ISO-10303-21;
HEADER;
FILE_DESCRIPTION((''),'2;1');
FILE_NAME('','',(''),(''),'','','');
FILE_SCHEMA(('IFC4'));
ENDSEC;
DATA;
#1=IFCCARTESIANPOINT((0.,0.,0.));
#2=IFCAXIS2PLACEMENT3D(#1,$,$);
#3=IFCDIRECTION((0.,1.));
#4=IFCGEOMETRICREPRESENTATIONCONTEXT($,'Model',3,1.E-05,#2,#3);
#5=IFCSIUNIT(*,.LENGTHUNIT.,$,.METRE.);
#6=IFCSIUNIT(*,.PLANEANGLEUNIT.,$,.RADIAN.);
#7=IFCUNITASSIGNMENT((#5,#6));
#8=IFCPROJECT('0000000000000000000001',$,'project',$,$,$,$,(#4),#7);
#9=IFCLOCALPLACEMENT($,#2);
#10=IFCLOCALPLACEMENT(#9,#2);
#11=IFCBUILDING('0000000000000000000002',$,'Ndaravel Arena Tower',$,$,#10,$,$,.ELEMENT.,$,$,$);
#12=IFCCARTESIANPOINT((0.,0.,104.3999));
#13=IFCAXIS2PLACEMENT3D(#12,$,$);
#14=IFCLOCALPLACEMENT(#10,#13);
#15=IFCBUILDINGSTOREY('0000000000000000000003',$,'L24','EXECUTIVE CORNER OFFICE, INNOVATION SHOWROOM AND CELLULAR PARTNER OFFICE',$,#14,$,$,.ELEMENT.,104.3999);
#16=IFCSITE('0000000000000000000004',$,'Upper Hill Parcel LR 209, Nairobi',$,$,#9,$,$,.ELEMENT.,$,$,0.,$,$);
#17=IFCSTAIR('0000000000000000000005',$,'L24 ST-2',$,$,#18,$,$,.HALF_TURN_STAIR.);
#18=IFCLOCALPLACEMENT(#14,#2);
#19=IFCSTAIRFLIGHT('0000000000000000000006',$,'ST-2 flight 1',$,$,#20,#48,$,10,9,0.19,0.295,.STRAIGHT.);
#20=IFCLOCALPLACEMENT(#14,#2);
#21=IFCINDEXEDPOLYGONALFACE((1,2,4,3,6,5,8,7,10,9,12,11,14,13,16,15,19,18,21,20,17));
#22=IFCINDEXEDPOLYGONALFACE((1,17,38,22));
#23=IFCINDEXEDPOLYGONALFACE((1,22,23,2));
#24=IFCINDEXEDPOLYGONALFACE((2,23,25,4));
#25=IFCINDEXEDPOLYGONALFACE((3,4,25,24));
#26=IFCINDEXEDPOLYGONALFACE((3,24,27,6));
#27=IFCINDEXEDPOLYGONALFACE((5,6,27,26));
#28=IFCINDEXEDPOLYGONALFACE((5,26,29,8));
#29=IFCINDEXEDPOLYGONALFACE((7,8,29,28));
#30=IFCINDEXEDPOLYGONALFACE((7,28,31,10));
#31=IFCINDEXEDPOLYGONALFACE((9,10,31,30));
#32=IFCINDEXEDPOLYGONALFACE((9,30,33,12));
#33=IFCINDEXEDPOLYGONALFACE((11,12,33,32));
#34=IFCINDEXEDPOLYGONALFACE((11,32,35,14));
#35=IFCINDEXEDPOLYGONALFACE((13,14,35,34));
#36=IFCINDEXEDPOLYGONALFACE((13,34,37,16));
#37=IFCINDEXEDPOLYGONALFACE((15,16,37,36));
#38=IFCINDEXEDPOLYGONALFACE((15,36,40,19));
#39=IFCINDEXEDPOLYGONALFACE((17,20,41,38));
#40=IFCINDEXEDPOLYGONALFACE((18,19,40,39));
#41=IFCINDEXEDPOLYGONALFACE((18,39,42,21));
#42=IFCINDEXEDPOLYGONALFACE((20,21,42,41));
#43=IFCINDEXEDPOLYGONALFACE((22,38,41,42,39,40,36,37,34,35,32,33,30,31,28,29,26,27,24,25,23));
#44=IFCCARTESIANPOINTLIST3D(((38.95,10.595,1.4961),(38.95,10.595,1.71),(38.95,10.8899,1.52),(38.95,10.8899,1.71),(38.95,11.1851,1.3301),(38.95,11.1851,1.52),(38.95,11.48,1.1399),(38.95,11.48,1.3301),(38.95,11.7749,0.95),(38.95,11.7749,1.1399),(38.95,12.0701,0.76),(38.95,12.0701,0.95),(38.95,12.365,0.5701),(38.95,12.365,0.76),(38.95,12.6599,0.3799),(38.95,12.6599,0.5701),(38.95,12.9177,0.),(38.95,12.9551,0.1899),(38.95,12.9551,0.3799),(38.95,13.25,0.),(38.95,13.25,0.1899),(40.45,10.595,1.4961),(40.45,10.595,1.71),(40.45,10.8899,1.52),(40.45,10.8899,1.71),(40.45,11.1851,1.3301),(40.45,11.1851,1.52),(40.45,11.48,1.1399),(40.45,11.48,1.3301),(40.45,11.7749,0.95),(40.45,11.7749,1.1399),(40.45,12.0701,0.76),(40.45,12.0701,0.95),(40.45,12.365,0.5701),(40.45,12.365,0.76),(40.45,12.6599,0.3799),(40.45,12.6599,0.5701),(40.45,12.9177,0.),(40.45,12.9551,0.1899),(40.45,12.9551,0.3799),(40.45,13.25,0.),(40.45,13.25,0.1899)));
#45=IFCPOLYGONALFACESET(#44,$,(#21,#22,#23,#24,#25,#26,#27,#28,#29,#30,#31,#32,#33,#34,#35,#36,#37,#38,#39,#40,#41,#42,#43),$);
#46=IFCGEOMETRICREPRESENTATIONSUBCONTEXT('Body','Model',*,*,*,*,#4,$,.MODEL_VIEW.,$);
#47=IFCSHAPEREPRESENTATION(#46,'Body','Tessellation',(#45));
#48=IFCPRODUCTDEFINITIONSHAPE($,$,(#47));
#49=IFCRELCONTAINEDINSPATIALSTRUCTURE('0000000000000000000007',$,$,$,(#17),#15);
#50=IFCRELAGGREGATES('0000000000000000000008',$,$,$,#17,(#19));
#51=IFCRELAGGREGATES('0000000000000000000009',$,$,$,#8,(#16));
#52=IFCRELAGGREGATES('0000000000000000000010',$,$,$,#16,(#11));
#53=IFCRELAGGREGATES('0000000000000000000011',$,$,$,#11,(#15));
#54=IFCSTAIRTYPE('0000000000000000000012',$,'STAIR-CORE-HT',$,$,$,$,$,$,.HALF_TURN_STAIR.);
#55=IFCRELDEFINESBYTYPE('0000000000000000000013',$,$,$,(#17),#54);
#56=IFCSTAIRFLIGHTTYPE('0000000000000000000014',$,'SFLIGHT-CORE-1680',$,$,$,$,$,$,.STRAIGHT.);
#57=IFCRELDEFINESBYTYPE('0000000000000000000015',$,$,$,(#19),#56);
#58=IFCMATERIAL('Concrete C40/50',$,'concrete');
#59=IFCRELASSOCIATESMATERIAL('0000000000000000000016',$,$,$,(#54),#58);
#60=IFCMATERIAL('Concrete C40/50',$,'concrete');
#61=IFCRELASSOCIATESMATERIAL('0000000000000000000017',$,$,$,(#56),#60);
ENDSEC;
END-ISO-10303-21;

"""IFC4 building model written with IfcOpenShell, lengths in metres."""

from ifc_helpers import new_model, si_unit, direction, frame, origin, place, context, subcontext, project, spatial, polyline, outline, extrude, material, type_object, element, aggregate, save


model = new_model("IFC4")

# Units and contexts
model_context = context("Model", 3, precision=1e-05, world=origin(), true_north=direction((0.0, 1.0)))
body_context = subcontext(model_context, "Body", "Model", "MODEL_VIEW")
ifc_project = project(units=[si_unit("LENGTHUNIT", "METRE"), si_unit("PLANEANGLEUNIT", "RADIAN")], contexts=[model_context])

# Site, building, storey
site_placement = place(None, origin())
site = spatial("IfcSite", under=ifc_project, at=site_placement, Name="Upper Hill Parcel LR 209, Nairobi", CompositionType="ELEMENT", RefElevation=0.0)
building_placement = place(site_placement, origin())
building = spatial("IfcBuilding", under=site, at=building_placement, Name="Ndaravel Arena Tower", CompositionType="ELEMENT")
storey_placement = place(building_placement, frame((0.0, 0.0, 104.3999)))
storey = spatial("IfcBuildingStorey", under=building, at=storey_placement, Name="L24", Description="EXECUTIVE CORNER OFFICE, INNOVATION SHOWROOM AND CELLULAR PARTNER OFFICE", CompositionType="ELEMENT", Elevation=104.3999)

# Stair, stair flight
ifc_material_1 = material(Name="Concrete C40/50", Category="concrete")
stair_type = type_object("IfcStairType", Name="STAIR-CORE-HT", PredefinedType="HALF_TURN_STAIR", material=ifc_material_1)
stair_placement = place(storey_placement, origin())
stair = element("IfcStair", 1, at=stair_placement, inside=storey, type_object=stair_type, Name="L24 ST-2", PredefinedType="HALF_TURN_STAIR")
ifc_material_2 = material(Name="Concrete C40/50", Category="concrete")
stair_flight_type = type_object("IfcStairFlightType", Name="SFLIGHT-CORE-1680", PredefinedType="STRAIGHT", material=ifc_material_2)
stair_flight_placement = place(storey_placement, frame((39.7, 13.25, 0.0), z_axis=(0.0, 0.0, 1.0), x_axis=(0.0, -1.0, 0.0)))
stair_flight = element("IfcStairFlight", 2, at=stair_flight_placement, type_object=stair_flight_type, Name="ST-2 flight 1", NumberOfRisers=10, NumberOfTreads=9, PredefinedType="STRAIGHT", RiserHeight=0.19, TreadLength=0.295, context=body_context, shape_type="SweptSolid", body=[
    extrude(outline(polyline([(0.0, 0.0), (0.0, 0.1899), (0.2949, 0.1899), (0.2949, 0.3799), (0.5901, 0.3799), (0.5901, 0.5701), (0.885, 0.5701), (0.885, 0.76), (1.1799, 0.76), (1.1799, 0.95), (1.4751, 0.95), (1.4751, 1.1399), (1.77, 1.1399), (1.77, 1.3301), (2.0649, 1.3301), (2.0649, 1.52), (2.3601, 1.52), (2.3601, 1.71), (2.655, 1.71), (2.655, 1.8999), (2.655, 1.4961), (0.3323, 0.0), (0.0, 0.0)])), frame((0.0, 0.75, 0.0), z_axis=(0.0, -1.0, 0.0), x_axis=(1.0, 0.0, 0.0)), (0.0, 0.0, 1.0), 1.5),
])
aggregate(stair, [stair_flight])

save(model, "model.ifc")
